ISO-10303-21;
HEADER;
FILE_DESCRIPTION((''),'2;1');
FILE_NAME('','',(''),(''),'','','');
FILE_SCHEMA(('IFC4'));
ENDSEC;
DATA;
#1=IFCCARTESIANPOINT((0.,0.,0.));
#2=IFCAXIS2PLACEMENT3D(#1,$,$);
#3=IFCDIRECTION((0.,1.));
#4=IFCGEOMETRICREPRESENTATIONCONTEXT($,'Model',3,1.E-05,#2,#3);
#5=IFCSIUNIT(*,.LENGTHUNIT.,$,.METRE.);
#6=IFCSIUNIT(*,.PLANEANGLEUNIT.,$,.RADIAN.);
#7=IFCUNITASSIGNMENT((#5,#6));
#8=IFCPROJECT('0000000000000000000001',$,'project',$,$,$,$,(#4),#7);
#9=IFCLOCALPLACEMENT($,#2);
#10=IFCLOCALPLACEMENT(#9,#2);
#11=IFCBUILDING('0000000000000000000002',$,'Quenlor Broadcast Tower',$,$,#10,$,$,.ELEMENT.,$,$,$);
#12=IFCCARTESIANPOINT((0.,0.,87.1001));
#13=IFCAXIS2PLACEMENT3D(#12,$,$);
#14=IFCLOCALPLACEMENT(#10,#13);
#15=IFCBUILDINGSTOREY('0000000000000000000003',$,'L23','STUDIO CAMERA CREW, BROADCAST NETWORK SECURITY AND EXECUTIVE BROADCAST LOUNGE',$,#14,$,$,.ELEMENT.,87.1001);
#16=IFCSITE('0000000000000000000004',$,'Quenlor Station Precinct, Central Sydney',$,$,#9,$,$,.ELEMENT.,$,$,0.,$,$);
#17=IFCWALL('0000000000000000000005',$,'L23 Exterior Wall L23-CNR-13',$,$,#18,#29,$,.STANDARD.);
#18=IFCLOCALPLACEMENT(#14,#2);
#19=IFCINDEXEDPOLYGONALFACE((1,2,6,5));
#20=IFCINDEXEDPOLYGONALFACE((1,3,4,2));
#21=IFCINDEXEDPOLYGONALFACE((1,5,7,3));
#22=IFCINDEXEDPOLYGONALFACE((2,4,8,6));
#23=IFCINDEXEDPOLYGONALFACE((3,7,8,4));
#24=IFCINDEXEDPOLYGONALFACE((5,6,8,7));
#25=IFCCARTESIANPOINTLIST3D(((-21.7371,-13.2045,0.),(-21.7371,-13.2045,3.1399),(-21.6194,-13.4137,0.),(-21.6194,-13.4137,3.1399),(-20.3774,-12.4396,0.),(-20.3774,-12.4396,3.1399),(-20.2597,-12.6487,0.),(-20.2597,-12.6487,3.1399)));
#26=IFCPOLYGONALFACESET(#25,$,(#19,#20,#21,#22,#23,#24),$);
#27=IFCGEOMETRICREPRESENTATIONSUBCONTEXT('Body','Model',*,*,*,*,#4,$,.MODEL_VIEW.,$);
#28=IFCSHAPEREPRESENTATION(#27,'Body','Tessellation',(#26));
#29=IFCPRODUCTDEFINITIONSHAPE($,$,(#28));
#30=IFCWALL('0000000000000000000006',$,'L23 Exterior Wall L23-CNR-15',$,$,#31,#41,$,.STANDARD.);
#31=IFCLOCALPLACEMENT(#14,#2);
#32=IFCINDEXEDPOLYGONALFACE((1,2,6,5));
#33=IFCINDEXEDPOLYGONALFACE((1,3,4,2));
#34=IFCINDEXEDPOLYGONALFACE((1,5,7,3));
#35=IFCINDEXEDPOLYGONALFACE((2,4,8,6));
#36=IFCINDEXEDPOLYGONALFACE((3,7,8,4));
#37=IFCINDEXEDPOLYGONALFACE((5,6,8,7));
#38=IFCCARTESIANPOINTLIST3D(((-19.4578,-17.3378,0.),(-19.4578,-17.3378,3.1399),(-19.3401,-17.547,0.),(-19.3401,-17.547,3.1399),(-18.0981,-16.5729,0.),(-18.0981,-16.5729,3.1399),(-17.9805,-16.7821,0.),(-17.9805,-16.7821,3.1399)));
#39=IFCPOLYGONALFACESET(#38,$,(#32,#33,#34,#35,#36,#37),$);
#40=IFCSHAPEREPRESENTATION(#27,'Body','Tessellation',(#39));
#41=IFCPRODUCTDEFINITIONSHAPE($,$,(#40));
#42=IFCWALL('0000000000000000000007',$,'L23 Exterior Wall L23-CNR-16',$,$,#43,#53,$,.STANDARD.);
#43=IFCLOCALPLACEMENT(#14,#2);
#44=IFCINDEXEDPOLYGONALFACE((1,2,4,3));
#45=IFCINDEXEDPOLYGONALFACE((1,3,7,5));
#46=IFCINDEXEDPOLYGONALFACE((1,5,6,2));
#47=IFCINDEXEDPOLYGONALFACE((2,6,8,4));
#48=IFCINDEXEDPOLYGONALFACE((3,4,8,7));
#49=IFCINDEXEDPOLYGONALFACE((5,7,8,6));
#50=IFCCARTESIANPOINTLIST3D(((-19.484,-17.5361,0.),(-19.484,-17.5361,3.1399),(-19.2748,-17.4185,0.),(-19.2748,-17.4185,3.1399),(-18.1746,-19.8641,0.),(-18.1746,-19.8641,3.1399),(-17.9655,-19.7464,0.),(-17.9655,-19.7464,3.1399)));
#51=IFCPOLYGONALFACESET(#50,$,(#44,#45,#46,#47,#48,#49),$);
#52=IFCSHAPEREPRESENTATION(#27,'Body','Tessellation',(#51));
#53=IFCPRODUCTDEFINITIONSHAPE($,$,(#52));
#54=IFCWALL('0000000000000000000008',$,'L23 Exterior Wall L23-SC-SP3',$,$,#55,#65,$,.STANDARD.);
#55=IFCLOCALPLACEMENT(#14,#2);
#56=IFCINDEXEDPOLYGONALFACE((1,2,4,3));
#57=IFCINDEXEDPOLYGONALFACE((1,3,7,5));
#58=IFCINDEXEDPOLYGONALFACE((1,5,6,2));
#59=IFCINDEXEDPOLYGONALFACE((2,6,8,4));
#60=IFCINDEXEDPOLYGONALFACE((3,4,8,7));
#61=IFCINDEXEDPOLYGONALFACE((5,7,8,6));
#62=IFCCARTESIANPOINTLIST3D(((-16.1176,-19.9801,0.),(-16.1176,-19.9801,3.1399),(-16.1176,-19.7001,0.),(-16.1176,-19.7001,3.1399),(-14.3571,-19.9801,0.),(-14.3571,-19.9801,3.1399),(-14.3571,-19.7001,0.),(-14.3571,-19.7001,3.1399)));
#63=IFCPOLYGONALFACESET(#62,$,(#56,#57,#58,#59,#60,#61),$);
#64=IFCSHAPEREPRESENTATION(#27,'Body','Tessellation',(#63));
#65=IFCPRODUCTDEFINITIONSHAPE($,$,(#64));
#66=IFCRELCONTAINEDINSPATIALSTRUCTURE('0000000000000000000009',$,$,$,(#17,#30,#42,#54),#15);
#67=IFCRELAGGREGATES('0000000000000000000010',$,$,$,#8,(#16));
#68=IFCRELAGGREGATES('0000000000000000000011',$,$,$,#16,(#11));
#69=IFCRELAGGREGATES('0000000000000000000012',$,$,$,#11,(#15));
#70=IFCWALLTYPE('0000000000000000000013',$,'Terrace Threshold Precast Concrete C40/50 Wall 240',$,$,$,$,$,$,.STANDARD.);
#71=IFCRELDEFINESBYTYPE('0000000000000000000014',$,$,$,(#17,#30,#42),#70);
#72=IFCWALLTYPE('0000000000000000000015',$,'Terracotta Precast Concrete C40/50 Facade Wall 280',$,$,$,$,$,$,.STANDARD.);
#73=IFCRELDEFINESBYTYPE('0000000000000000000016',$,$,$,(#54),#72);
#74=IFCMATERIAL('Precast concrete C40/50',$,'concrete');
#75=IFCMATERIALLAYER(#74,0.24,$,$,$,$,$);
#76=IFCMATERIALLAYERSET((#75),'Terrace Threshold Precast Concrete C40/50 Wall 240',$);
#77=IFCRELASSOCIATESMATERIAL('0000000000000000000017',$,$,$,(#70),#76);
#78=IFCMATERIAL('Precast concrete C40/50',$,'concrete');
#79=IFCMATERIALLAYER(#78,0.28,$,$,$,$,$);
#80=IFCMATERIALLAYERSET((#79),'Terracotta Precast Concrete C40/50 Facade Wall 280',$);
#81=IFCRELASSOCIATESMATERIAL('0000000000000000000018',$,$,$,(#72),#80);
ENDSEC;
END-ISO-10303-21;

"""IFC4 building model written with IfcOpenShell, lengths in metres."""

from ifc_helpers import new_model, si_unit, direction, frame, frame_2d, origin, place, context, subcontext, project, spatial, rectangle, extrude, material, layer, layer_set, type_object, element, save


model = new_model("IFC4")

# Units and contexts
model_context = context("Model", 3, precision=1e-05, world=origin(), true_north=direction((0.0, 1.0)))
body_context = subcontext(model_context, "Body", "Model", "MODEL_VIEW")
ifc_project = project(units=[si_unit("LENGTHUNIT", "METRE"), si_unit("PLANEANGLEUNIT", "RADIAN")], contexts=[model_context])

# Site, building, storey
site_placement = place(None, origin())
site = spatial("IfcSite", under=ifc_project, at=site_placement, Name="Quenlor Station Precinct, Central Sydney", CompositionType="ELEMENT", RefElevation=0.0)
building_placement = place(site_placement, origin())
building = spatial("IfcBuilding", under=site, at=building_placement, Name="Quenlor Broadcast Tower", CompositionType="ELEMENT")
storey_placement = place(building_placement, frame((0.0, 0.0, 87.1001)))
storey = spatial("IfcBuildingStorey", under=building, at=storey_placement, Name="L23", Description="STUDIO CAMERA CREW, BROADCAST NETWORK SECURITY AND EXECUTIVE BROADCAST LOUNGE", CompositionType="ELEMENT", Elevation=87.1001)

# Walls
ifc_material_1 = material(Name="Precast concrete C40/50", Category="concrete")
ifc_layer_1 = layer(ifc_material_1, 0.24)
ifc_layer_set_1 = layer_set([ifc_layer_1], Name="Terrace Threshold Precast Concrete C40/50 Wall 240")
wall_type_1 = type_object("IfcWallType", Name="Terrace Threshold Precast Concrete C40/50 Wall 240", PredefinedType="STANDARD", material=ifc_layer_set_1)
for number, where, z_axis, x_axis, name in (
    (1, (-21.6782, -13.3091, 0.0), (0.0, 0.0, 1.0), (0.871546, 0.490313, 0.0), "L23 Exterior Wall L23-CNR-13"),
    (2, (-18.0393, -16.6775, 0.0), (0.0, 0.0, 1.0), (-0.871546, -0.490313, 0.0), "L23 Exterior Wall L23-CNR-15"),
):
    element("IfcWall", number, at=place(storey_placement, frame(where, z_axis=z_axis, x_axis=x_axis)), inside=storey, type_object=wall_type_1, Name=name, PredefinedType="STANDARD", context=body_context, shape_type="SweptSolid", body=[
        extrude(rectangle(XDim=1.5601, YDim=0.24, at=frame_2d((0.78, 0.0))), origin(), (0.0, 0.0, 1.0), 3.1399),
    ])
wall_1_placement = place(storey_placement, frame((-19.3794, -17.4773, 0.0), z_axis=(0.0, 0.0, 1.0), x_axis=(0.490231, -0.871593, 0.0)))
element("IfcWall", 3, at=wall_1_placement, inside=storey, type_object=wall_type_1, Name="L23 Exterior Wall L23-CNR-16", PredefinedType="STANDARD", context=body_context, shape_type="SweptSolid", body=[
    extrude(rectangle(XDim=2.6709, YDim=0.24, at=frame_2d((1.3354, 0.0))), origin(), (0.0, 0.0, 1.0), 3.1399),
])
ifc_material_2 = material(Name="Precast concrete C40/50", Category="concrete")
ifc_layer_2 = layer(ifc_material_2, 0.28)
ifc_layer_set_2 = layer_set([ifc_layer_2], Name="Terracotta Precast Concrete C40/50 Facade Wall 280")
wall_type_2 = type_object("IfcWallType", Name="Terracotta Precast Concrete C40/50 Facade Wall 280", PredefinedType="STANDARD", material=ifc_layer_set_2)
wall_2_placement = place(storey_placement, frame((-14.3569, -19.8401, 0.0), z_axis=(0.0, 0.0, 1.0), x_axis=(-1.0, 0.0, 0.0)))
element("IfcWall", 4, at=wall_2_placement, inside=storey, type_object=wall_type_2, Name="L23 Exterior Wall L23-SC-SP3", PredefinedType="STANDARD", context=body_context, shape_type="SweptSolid", body=[
    extrude(rectangle(XDim=1.7605, YDim=0.28, at=frame_2d((0.8804, 0.0))), origin(), (0.0, 0.0, 1.0), 3.1399),
])

save(model, "model.ifc")
